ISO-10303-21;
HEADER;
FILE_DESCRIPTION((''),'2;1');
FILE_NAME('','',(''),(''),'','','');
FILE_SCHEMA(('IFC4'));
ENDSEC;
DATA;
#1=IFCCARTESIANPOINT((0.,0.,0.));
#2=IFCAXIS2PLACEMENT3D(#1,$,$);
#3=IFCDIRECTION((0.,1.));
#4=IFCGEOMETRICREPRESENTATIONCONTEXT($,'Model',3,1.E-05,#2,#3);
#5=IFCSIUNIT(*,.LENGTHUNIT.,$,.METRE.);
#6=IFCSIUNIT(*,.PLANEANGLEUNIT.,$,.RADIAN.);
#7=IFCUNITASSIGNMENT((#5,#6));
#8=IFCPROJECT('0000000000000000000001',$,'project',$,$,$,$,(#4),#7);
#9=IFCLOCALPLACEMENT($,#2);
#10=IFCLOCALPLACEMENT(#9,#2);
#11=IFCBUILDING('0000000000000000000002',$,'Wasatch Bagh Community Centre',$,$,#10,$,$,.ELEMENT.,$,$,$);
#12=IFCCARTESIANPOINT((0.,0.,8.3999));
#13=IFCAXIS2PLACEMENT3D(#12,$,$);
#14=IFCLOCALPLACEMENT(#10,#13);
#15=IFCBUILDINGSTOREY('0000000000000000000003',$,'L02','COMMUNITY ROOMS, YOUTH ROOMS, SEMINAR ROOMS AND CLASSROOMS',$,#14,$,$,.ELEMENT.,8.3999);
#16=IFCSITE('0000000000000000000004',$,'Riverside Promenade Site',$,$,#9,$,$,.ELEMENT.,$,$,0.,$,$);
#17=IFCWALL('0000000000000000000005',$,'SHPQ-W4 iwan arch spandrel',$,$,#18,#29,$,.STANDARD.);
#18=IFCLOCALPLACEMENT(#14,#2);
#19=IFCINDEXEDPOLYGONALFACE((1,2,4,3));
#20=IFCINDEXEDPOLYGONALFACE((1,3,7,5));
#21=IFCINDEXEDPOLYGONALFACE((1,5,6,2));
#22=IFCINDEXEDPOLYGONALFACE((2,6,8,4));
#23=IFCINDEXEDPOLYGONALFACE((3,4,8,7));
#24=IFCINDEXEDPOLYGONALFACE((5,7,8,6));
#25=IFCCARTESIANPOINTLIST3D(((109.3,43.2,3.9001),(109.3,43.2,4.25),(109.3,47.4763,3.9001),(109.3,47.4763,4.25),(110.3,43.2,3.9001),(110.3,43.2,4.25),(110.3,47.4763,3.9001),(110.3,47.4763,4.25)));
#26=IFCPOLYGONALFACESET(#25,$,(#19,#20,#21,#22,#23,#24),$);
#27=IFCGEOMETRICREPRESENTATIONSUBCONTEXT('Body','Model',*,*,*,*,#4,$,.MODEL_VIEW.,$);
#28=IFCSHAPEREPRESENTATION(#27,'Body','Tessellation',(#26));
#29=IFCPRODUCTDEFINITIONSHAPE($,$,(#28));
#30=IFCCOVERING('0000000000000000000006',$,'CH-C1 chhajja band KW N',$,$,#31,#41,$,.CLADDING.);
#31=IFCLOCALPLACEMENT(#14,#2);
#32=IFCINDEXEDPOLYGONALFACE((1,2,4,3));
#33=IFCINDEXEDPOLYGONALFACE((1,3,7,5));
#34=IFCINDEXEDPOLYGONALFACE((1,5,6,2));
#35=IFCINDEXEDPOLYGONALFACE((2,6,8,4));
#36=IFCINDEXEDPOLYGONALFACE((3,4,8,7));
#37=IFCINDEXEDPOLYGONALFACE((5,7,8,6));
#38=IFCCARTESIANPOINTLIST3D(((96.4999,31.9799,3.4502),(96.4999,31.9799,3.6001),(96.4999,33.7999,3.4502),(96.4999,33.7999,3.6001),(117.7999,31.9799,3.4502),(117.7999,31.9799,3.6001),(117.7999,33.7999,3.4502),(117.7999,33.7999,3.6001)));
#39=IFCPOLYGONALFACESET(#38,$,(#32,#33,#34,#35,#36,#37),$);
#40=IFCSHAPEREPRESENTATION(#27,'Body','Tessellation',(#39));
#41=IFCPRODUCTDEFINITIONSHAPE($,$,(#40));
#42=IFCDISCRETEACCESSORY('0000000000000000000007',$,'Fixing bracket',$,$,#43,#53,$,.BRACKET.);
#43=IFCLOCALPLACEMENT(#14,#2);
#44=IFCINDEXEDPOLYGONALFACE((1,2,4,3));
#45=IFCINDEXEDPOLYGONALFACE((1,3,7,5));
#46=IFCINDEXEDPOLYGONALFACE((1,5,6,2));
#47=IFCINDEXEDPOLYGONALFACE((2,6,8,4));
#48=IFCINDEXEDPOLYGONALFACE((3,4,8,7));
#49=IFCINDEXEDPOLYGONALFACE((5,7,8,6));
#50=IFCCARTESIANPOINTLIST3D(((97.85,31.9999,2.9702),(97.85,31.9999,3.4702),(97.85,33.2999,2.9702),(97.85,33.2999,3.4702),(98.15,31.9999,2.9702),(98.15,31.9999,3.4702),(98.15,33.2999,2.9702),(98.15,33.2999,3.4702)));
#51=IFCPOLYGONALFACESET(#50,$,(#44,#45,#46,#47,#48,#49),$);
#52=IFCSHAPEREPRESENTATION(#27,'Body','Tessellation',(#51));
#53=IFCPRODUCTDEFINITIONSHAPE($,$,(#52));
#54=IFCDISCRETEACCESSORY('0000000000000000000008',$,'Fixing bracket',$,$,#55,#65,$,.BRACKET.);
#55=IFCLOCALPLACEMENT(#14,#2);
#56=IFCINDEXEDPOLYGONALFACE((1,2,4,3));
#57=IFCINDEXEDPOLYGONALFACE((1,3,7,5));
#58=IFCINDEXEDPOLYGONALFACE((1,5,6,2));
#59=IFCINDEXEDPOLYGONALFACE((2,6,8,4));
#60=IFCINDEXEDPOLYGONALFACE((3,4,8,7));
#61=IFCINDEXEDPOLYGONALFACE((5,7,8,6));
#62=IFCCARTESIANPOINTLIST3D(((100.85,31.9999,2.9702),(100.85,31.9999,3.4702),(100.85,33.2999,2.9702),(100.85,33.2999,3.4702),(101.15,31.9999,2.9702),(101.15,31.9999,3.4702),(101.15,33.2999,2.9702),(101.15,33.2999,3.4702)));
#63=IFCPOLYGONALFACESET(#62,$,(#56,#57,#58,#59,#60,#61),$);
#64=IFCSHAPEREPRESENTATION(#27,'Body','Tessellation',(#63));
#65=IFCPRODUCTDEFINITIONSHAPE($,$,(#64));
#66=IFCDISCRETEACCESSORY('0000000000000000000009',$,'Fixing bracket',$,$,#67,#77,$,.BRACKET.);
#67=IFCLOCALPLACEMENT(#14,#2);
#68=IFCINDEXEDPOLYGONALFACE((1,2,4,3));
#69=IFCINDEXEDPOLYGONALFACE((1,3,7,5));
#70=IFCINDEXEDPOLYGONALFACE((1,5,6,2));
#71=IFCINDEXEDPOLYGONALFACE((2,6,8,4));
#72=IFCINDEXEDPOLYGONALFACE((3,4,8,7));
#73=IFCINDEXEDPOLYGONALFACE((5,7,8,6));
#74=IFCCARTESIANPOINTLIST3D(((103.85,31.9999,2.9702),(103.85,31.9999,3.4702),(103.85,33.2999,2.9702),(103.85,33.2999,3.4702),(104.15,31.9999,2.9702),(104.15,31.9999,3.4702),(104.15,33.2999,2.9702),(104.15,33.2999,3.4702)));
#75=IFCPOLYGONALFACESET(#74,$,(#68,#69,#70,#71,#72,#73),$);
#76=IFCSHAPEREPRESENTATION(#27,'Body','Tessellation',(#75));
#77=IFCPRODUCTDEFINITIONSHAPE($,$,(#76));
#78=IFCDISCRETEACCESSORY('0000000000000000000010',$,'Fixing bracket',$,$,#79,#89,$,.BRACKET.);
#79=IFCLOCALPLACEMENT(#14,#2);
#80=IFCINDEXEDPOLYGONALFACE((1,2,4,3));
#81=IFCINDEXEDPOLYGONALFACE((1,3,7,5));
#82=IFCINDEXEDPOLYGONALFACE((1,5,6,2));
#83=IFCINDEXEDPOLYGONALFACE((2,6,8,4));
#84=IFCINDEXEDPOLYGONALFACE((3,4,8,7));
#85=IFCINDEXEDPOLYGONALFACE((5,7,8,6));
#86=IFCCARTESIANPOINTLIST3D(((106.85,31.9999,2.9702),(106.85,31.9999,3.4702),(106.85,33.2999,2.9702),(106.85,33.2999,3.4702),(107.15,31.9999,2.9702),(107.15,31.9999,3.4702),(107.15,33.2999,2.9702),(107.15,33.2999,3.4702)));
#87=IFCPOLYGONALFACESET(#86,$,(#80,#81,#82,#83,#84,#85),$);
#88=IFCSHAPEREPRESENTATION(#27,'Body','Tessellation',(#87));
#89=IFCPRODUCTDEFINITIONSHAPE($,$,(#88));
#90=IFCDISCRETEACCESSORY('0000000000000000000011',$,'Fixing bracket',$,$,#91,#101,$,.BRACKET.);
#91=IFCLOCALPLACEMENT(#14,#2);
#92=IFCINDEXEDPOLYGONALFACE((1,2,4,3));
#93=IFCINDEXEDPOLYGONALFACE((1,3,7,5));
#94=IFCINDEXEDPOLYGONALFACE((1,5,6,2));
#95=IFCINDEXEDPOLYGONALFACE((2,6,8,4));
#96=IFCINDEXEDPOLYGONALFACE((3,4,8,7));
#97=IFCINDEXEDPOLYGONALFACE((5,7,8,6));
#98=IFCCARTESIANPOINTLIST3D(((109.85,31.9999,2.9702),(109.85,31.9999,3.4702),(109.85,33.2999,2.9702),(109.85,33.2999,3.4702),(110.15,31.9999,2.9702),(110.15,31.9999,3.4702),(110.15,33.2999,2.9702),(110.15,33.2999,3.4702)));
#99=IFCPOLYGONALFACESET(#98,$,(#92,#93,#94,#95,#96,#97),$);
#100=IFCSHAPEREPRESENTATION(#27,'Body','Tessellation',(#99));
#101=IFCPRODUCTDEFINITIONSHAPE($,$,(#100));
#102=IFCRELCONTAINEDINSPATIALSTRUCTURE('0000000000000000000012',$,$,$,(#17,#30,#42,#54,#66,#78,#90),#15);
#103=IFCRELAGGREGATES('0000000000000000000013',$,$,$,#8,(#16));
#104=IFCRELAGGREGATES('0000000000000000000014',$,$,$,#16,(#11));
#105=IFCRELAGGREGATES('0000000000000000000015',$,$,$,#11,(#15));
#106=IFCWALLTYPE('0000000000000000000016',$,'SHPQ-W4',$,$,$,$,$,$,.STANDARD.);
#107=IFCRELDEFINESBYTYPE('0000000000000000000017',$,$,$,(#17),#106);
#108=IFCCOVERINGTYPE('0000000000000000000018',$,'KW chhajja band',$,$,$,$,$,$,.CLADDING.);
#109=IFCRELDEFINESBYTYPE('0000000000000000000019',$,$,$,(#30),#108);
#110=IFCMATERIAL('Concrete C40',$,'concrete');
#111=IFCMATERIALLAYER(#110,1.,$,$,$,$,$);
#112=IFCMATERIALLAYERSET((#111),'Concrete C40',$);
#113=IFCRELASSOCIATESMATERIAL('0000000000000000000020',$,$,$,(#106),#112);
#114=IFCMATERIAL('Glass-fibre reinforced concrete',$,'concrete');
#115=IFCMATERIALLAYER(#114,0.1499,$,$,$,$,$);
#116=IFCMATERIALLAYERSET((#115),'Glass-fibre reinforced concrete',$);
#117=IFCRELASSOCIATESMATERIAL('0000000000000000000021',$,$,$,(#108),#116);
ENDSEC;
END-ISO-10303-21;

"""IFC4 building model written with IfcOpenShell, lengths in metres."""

from ifc_helpers import new_model, si_unit, direction, frame, frame_2d, origin, origin_2d, place, context, subcontext, project, spatial, rectangle, extrude, material, layer, layer_set, type_object, element, save


model = new_model("IFC4")

# Units and contexts
model_context = context("Model", 3, precision=1e-05, world=origin(), true_north=direction((0.0, 1.0)))
body_context = subcontext(model_context, "Body", "Model", "MODEL_VIEW")
ifc_project = project(units=[si_unit("LENGTHUNIT", "METRE"), si_unit("PLANEANGLEUNIT", "RADIAN")], contexts=[model_context])

# Site, building, storey
site_placement = place(None, origin())
site = spatial("IfcSite", under=ifc_project, at=site_placement, Name="Riverside Promenade Site", CompositionType="ELEMENT", RefElevation=0.0)
building_placement = place(site_placement, origin())
building = spatial("IfcBuilding", under=site, at=building_placement, Name="Wasatch Bagh Community Centre", CompositionType="ELEMENT")
storey_placement = place(building_placement, frame((0.0, 0.0, 8.3999)))
storey = spatial("IfcBuildingStorey", under=building, at=storey_placement, Name="L02", Description="COMMUNITY ROOMS, YOUTH ROOMS, SEMINAR ROOMS AND CLASSROOMS", CompositionType="ELEMENT", Elevation=8.3999)

# Shared definitions
ifc_material_1 = material(Name="Concrete C40", Category="concrete")

# Wall
ifc_layer_1 = layer(ifc_material_1, 1.0)
ifc_layer_set_1 = layer_set([ifc_layer_1], Name="Concrete C40")
wall_type_1 = type_object("IfcWallType", Name="SHPQ-W4", PredefinedType="STANDARD", material=ifc_layer_set_1)
wall_1_placement = place(storey_placement, frame((109.8, 43.2, 3.9001), z_axis=(0.0, 0.0, 1.0), x_axis=(0.0, 1.0, 0.0)))
element("IfcWall", 1, at=wall_1_placement, inside=storey, type_object=wall_type_1, Name="SHPQ-W4 iwan arch spandrel", PredefinedType="STANDARD", context=body_context, shape_type="SweptSolid", body=[
    extrude(rectangle(XDim=4.2764, YDim=1.0, at=frame_2d((2.1382, 0.0))), origin(), (0.0, 0.0, 1.0), 0.3499),
])

# Covering
ifc_material_2 = material(Name="Glass-fibre reinforced concrete", Category="concrete")
ifc_layer_2 = layer(ifc_material_2, 0.1499)
ifc_layer_set_2 = layer_set([ifc_layer_2], Name="Glass-fibre reinforced concrete")
covering_type = type_object("IfcCoveringType", Name="KW chhajja band", PredefinedType="CLADDING", material=ifc_layer_set_2)
covering_placement = place(storey_placement, frame((107.1499, 32.8899, 3.4502), z_axis=(0.0, 0.0, 1.0), x_axis=(1.0, 0.0, 0.0)))
element("IfcCovering", 2, at=covering_placement, inside=storey, type_object=covering_type, Name="CH-C1 chhajja band KW N", PredefinedType="CLADDING", context=body_context, shape_type="SweptSolid", body=[
    extrude(rectangle(XDim=21.3, YDim=1.8201, at=origin_2d()), origin(), (0.0, 0.0, 1.0), 0.1499),
])

# Discrete accessories
for number, where, z_axis, x_axis, name in (
    (3, (98.0, 32.6499, 2.9702), (0.0, 0.0, 1.0), (1.0, 0.0, 0.0), "Fixing bracket"),
    (4, (101.0, 32.6499, 2.9702), (0.0, 0.0, 1.0), (1.0, 0.0, 0.0), "Fixing bracket"),
    (5, (104.0, 32.6499, 2.9702), (0.0, 0.0, 1.0), (1.0, 0.0, 0.0), "Fixing bracket"),
    (6, (107.0, 32.6499, 2.9702), (0.0, 0.0, 1.0), (1.0, 0.0, 0.0), "Fixing bracket"),
    (7, (110.0, 32.6499, 2.9702), (0.0, 0.0, 1.0), (1.0, 0.0, 0.0), "Fixing bracket"),
):
    element("IfcDiscreteAccessory", number, at=place(storey_placement, frame(where, z_axis=z_axis, x_axis=x_axis)), inside=storey, Name=name, PredefinedType="BRACKET", context=body_context, shape_type="SweptSolid", body=[
        extrude(rectangle(XDim=0.3, YDim=1.3, at=origin_2d()), origin(), (0.0, 0.0, 1.0), 0.5),
    ])

save(model, "model.ifc")
